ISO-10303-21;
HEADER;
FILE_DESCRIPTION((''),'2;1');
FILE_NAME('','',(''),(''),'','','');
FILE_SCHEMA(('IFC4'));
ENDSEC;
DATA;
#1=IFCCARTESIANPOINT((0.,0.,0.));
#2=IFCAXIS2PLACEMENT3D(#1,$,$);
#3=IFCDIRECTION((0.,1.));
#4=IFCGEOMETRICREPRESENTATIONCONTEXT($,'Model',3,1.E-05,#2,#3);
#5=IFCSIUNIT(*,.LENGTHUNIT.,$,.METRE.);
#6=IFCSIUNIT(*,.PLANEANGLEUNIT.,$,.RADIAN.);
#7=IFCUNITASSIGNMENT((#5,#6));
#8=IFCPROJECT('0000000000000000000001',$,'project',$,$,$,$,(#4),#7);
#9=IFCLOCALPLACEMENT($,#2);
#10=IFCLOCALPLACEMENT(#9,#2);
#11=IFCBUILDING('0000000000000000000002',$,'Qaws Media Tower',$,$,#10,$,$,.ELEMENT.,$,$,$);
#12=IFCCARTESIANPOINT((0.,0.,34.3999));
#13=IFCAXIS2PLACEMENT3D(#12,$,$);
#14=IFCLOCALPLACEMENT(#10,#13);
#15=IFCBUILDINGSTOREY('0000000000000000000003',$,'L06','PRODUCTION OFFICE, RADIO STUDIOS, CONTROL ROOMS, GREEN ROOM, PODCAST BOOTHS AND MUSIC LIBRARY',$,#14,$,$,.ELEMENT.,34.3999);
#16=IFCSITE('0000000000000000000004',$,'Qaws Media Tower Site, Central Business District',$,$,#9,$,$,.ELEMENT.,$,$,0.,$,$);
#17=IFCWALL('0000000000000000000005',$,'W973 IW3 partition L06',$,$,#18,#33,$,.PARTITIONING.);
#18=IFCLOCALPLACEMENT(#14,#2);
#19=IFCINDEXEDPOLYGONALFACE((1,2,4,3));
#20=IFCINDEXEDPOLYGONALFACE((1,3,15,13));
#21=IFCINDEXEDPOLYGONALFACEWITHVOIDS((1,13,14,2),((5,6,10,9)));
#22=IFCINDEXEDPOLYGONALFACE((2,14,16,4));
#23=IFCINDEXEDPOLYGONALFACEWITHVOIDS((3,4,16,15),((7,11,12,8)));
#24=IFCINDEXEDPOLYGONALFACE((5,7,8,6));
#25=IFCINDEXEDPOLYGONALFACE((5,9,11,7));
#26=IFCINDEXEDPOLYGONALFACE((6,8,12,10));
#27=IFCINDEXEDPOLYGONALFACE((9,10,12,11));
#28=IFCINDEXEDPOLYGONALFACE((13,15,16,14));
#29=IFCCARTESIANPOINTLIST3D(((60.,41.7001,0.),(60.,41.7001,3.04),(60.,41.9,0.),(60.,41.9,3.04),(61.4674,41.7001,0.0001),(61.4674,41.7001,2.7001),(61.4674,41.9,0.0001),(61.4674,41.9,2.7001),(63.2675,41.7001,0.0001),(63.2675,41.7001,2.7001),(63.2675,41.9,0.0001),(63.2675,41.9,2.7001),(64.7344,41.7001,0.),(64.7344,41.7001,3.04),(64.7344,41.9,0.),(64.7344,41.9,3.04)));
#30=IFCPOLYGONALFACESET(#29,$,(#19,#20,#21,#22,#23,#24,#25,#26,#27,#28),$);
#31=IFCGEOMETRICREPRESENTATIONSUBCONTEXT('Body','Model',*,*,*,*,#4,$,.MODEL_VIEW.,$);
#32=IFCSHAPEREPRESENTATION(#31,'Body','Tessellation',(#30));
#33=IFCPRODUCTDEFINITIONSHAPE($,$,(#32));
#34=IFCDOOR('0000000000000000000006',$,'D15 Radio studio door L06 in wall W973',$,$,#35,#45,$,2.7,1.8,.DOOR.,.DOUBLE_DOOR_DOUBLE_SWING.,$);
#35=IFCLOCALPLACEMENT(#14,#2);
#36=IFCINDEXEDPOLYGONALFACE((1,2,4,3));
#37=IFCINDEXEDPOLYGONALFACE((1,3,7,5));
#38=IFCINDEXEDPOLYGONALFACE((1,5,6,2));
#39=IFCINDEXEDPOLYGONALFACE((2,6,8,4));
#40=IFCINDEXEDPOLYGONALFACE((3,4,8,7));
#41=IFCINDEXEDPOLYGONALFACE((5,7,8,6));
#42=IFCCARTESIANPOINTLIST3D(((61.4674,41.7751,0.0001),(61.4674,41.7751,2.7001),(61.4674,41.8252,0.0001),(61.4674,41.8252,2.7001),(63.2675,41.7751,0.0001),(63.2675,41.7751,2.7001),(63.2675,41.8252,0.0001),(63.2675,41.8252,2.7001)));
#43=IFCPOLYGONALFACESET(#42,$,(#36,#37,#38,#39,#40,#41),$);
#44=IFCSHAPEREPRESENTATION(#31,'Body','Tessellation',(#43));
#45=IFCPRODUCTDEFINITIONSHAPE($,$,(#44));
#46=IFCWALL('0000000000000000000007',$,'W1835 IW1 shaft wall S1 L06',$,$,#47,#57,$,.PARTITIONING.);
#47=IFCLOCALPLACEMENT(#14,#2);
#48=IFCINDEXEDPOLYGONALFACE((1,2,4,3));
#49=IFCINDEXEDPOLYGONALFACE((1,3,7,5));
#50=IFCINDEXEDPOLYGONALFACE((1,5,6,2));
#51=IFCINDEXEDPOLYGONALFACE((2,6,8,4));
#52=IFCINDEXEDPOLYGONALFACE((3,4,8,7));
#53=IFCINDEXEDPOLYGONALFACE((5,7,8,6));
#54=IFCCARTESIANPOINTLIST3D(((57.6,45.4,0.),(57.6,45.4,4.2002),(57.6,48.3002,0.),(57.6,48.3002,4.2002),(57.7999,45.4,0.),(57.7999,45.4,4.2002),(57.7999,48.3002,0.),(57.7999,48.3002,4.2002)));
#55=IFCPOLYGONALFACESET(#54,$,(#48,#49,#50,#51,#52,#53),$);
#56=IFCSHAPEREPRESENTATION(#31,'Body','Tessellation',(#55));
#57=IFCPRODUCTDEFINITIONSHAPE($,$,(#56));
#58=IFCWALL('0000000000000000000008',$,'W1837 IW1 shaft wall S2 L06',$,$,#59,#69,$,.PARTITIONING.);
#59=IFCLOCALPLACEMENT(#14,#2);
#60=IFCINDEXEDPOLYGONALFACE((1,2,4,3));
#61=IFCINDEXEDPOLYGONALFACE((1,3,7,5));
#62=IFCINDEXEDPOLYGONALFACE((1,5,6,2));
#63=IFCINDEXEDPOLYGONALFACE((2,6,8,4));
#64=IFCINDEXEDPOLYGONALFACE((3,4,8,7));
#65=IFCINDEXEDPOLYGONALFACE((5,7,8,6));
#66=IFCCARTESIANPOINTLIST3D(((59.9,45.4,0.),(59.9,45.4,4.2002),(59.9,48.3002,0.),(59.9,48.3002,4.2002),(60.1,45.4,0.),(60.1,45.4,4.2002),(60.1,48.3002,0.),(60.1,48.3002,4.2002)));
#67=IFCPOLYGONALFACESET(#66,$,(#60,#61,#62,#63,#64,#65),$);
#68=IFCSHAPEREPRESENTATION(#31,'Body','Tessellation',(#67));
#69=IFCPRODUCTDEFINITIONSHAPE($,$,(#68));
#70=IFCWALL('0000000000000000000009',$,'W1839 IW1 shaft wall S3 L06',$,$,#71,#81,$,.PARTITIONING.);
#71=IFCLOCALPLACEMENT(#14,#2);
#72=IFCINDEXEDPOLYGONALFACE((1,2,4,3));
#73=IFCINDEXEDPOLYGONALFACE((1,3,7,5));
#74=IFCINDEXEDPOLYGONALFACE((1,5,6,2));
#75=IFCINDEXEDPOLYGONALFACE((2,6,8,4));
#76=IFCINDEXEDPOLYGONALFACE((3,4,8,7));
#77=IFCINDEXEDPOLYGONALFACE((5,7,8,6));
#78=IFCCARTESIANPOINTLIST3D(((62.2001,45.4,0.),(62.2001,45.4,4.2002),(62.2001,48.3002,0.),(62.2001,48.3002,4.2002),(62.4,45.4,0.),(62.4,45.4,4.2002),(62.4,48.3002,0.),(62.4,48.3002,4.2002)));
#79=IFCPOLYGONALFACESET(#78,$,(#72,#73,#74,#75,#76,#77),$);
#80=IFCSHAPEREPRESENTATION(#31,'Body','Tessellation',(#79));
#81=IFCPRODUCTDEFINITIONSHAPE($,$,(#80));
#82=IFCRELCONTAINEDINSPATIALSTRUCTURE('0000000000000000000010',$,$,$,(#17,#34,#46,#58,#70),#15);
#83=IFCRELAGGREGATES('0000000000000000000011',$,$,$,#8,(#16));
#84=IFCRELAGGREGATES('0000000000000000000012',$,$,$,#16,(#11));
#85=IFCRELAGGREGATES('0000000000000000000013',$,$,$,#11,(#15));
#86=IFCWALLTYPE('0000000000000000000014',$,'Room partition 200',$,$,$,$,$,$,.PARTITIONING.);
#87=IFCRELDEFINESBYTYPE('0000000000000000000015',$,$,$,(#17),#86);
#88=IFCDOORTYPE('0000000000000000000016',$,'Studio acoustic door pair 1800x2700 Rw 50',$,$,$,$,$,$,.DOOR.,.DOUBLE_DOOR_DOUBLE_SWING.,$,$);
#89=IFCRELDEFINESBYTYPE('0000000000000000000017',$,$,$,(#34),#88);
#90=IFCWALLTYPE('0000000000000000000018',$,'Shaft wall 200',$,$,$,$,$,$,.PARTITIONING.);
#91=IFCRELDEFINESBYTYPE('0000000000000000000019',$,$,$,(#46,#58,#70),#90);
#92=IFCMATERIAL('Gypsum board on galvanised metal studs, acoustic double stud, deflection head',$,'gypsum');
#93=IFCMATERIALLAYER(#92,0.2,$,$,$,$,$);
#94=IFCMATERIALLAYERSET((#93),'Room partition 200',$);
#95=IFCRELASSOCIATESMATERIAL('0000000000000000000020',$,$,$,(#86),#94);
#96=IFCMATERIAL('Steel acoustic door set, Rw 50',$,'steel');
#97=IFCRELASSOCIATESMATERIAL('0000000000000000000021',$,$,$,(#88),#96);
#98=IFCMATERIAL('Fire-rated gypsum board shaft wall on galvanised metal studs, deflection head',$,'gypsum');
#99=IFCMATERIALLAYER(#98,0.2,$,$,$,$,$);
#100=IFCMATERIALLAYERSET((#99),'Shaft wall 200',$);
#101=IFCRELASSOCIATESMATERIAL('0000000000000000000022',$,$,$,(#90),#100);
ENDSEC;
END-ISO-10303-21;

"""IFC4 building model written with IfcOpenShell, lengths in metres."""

from ifc_helpers import new_model, si_unit, direction, frame, frame_2d, origin, place, context, subcontext, project, spatial, rectangle, extrude, material, layer, layer_set, type_object, element, fill, save


model = new_model("IFC4")

# Units and contexts
model_context = context("Model", 3, precision=1e-05, world=origin(), true_north=direction((0.0, 1.0)))
body_context = subcontext(model_context, "Body", "Model", "MODEL_VIEW")
ifc_project = project(units=[si_unit("LENGTHUNIT", "METRE"), si_unit("PLANEANGLEUNIT", "RADIAN")], contexts=[model_context])

# Site, building, storey
site_placement = place(None, origin())
site = spatial("IfcSite", under=ifc_project, at=site_placement, Name="Qaws Media Tower Site, Central Business District", CompositionType="ELEMENT", RefElevation=0.0)
building_placement = place(site_placement, origin())
building = spatial("IfcBuilding", under=site, at=building_placement, Name="Qaws Media Tower", CompositionType="ELEMENT")
storey_placement = place(building_placement, frame((0.0, 0.0, 34.3999)))
storey = spatial("IfcBuildingStorey", under=building, at=storey_placement, Name="L06", Description="PRODUCTION OFFICE, RADIO STUDIOS, CONTROL ROOMS, GREEN ROOM, PODCAST BOOTHS AND MUSIC LIBRARY", CompositionType="ELEMENT", Elevation=34.3999)

# Shared definitions
ifc_material_1 = material(Name="Gypsum board on galvanised metal studs, acoustic double stud, deflection head", Category="gypsum")
ifc_layer_1 = layer(ifc_material_1, 0.2)
ifc_layer_set_1 = layer_set([ifc_layer_1], Name="Room partition 200")
wall_type_1 = type_object("IfcWallType", Name="Room partition 200", PredefinedType="PARTITIONING", material=ifc_layer_set_1)

# Wall, opening, door
wall_1_placement = place(storey_placement, frame((64.7344, 41.8, 0.0), z_axis=(0.0, 0.0, 1.0), x_axis=(-1.0, 0.0, 0.0)))
wall_1 = element("IfcWall", 1, at=wall_1_placement, inside=storey, type_object=wall_type_1, Name="W973 IW3 partition L06", PredefinedType="PARTITIONING", context=body_context, shape_type="SweptSolid", body=[
    extrude(rectangle(XDim=4.7344, YDim=0.2, at=frame_2d((2.3672, 0.0))), origin(), (0.0, 0.0, 1.0), 3.04),
])
opening_1_placement = place(wall_1_placement, frame((1.467, 0.0, 0.0)))
opening_1 = element("IfcOpeningElement", 2, at=opening_1_placement, cuts=wall_1, PredefinedType="OPENING", context=body_context, shape_type="SweptSolid", body=[
    extrude(rectangle(XDim=1.8, YDim=2.7, at=frame_2d((0.8999, 1.3501))), frame((0.0, 0.1099, 0.0), z_axis=(0.0, -1.0, 0.0), x_axis=(1.0, 0.0, 0.0)), (0.0, 0.0, 1.0), 0.22),
])
ifc_material_2 = material(Name="Steel acoustic door set, Rw 50", Category="steel")
door_type_1 = type_object("IfcDoorType", Name="Studio acoustic door pair 1800x2700 Rw 50", OperationType="DOUBLE_DOOR_DOUBLE_SWING", PredefinedType="DOOR", material=ifc_material_2)
door_1_placement = place(opening_1_placement, origin())
door_1 = element("IfcDoor", 3, at=door_1_placement, inside=storey, type_object=door_type_1, Name="D15 Radio studio door L06 in wall W973", OperationType="DOUBLE_DOOR_DOUBLE_SWING", OverallHeight=2.7, OverallWidth=1.8, PredefinedType="DOOR", context=body_context, shape_type="SweptSolid", body=[
    extrude(rectangle(XDim=1.8, YDim=2.7, at=frame_2d((0.8999, 1.3501))), frame((0.0, 0.0249, 0.0), z_axis=(0.0, -1.0, 0.0), x_axis=(1.0, 0.0, 0.0)), (0.0, 0.0, 1.0), 0.05),
])
fill(opening_1, door_1)

# Walls
ifc_material_3 = material(Name="Fire-rated gypsum board shaft wall on galvanised metal studs, deflection head", Category="gypsum")
ifc_layer_2 = layer(ifc_material_3, 0.2)
ifc_layer_set_2 = layer_set([ifc_layer_2], Name="Shaft wall 200")
wall_type_2 = type_object("IfcWallType", Name="Shaft wall 200", PredefinedType="PARTITIONING", material=ifc_layer_set_2)
for number, where, z_axis, x_axis, name in (
    (4, (57.7, 45.3999, 0.0), (0.0, 0.0, 1.0), (0.0, 1.0, 0.0), "W1835 IW1 shaft wall S1 L06"),
    (5, (60.0, 45.3999, 0.0), (0.0, 0.0, 1.0), (0.0, 1.0, 0.0), "W1837 IW1 shaft wall S2 L06"),
    (6, (62.3, 45.3999, 0.0), (0.0, 0.0, 1.0), (0.0, 1.0, 0.0), "W1839 IW1 shaft wall S3 L06"),
):
    element("IfcWall", number, at=place(storey_placement, frame(where, z_axis=z_axis, x_axis=x_axis)), inside=storey, type_object=wall_type_2, Name=name, PredefinedType="PARTITIONING", context=body_context, shape_type="SweptSolid", body=[
        extrude(rectangle(XDim=2.9001, YDim=0.2, at=frame_2d((1.4502, 0.0))), origin(), (0.0, 0.0, 1.0), 4.2002),
    ])

save(model, "model.ifc")
